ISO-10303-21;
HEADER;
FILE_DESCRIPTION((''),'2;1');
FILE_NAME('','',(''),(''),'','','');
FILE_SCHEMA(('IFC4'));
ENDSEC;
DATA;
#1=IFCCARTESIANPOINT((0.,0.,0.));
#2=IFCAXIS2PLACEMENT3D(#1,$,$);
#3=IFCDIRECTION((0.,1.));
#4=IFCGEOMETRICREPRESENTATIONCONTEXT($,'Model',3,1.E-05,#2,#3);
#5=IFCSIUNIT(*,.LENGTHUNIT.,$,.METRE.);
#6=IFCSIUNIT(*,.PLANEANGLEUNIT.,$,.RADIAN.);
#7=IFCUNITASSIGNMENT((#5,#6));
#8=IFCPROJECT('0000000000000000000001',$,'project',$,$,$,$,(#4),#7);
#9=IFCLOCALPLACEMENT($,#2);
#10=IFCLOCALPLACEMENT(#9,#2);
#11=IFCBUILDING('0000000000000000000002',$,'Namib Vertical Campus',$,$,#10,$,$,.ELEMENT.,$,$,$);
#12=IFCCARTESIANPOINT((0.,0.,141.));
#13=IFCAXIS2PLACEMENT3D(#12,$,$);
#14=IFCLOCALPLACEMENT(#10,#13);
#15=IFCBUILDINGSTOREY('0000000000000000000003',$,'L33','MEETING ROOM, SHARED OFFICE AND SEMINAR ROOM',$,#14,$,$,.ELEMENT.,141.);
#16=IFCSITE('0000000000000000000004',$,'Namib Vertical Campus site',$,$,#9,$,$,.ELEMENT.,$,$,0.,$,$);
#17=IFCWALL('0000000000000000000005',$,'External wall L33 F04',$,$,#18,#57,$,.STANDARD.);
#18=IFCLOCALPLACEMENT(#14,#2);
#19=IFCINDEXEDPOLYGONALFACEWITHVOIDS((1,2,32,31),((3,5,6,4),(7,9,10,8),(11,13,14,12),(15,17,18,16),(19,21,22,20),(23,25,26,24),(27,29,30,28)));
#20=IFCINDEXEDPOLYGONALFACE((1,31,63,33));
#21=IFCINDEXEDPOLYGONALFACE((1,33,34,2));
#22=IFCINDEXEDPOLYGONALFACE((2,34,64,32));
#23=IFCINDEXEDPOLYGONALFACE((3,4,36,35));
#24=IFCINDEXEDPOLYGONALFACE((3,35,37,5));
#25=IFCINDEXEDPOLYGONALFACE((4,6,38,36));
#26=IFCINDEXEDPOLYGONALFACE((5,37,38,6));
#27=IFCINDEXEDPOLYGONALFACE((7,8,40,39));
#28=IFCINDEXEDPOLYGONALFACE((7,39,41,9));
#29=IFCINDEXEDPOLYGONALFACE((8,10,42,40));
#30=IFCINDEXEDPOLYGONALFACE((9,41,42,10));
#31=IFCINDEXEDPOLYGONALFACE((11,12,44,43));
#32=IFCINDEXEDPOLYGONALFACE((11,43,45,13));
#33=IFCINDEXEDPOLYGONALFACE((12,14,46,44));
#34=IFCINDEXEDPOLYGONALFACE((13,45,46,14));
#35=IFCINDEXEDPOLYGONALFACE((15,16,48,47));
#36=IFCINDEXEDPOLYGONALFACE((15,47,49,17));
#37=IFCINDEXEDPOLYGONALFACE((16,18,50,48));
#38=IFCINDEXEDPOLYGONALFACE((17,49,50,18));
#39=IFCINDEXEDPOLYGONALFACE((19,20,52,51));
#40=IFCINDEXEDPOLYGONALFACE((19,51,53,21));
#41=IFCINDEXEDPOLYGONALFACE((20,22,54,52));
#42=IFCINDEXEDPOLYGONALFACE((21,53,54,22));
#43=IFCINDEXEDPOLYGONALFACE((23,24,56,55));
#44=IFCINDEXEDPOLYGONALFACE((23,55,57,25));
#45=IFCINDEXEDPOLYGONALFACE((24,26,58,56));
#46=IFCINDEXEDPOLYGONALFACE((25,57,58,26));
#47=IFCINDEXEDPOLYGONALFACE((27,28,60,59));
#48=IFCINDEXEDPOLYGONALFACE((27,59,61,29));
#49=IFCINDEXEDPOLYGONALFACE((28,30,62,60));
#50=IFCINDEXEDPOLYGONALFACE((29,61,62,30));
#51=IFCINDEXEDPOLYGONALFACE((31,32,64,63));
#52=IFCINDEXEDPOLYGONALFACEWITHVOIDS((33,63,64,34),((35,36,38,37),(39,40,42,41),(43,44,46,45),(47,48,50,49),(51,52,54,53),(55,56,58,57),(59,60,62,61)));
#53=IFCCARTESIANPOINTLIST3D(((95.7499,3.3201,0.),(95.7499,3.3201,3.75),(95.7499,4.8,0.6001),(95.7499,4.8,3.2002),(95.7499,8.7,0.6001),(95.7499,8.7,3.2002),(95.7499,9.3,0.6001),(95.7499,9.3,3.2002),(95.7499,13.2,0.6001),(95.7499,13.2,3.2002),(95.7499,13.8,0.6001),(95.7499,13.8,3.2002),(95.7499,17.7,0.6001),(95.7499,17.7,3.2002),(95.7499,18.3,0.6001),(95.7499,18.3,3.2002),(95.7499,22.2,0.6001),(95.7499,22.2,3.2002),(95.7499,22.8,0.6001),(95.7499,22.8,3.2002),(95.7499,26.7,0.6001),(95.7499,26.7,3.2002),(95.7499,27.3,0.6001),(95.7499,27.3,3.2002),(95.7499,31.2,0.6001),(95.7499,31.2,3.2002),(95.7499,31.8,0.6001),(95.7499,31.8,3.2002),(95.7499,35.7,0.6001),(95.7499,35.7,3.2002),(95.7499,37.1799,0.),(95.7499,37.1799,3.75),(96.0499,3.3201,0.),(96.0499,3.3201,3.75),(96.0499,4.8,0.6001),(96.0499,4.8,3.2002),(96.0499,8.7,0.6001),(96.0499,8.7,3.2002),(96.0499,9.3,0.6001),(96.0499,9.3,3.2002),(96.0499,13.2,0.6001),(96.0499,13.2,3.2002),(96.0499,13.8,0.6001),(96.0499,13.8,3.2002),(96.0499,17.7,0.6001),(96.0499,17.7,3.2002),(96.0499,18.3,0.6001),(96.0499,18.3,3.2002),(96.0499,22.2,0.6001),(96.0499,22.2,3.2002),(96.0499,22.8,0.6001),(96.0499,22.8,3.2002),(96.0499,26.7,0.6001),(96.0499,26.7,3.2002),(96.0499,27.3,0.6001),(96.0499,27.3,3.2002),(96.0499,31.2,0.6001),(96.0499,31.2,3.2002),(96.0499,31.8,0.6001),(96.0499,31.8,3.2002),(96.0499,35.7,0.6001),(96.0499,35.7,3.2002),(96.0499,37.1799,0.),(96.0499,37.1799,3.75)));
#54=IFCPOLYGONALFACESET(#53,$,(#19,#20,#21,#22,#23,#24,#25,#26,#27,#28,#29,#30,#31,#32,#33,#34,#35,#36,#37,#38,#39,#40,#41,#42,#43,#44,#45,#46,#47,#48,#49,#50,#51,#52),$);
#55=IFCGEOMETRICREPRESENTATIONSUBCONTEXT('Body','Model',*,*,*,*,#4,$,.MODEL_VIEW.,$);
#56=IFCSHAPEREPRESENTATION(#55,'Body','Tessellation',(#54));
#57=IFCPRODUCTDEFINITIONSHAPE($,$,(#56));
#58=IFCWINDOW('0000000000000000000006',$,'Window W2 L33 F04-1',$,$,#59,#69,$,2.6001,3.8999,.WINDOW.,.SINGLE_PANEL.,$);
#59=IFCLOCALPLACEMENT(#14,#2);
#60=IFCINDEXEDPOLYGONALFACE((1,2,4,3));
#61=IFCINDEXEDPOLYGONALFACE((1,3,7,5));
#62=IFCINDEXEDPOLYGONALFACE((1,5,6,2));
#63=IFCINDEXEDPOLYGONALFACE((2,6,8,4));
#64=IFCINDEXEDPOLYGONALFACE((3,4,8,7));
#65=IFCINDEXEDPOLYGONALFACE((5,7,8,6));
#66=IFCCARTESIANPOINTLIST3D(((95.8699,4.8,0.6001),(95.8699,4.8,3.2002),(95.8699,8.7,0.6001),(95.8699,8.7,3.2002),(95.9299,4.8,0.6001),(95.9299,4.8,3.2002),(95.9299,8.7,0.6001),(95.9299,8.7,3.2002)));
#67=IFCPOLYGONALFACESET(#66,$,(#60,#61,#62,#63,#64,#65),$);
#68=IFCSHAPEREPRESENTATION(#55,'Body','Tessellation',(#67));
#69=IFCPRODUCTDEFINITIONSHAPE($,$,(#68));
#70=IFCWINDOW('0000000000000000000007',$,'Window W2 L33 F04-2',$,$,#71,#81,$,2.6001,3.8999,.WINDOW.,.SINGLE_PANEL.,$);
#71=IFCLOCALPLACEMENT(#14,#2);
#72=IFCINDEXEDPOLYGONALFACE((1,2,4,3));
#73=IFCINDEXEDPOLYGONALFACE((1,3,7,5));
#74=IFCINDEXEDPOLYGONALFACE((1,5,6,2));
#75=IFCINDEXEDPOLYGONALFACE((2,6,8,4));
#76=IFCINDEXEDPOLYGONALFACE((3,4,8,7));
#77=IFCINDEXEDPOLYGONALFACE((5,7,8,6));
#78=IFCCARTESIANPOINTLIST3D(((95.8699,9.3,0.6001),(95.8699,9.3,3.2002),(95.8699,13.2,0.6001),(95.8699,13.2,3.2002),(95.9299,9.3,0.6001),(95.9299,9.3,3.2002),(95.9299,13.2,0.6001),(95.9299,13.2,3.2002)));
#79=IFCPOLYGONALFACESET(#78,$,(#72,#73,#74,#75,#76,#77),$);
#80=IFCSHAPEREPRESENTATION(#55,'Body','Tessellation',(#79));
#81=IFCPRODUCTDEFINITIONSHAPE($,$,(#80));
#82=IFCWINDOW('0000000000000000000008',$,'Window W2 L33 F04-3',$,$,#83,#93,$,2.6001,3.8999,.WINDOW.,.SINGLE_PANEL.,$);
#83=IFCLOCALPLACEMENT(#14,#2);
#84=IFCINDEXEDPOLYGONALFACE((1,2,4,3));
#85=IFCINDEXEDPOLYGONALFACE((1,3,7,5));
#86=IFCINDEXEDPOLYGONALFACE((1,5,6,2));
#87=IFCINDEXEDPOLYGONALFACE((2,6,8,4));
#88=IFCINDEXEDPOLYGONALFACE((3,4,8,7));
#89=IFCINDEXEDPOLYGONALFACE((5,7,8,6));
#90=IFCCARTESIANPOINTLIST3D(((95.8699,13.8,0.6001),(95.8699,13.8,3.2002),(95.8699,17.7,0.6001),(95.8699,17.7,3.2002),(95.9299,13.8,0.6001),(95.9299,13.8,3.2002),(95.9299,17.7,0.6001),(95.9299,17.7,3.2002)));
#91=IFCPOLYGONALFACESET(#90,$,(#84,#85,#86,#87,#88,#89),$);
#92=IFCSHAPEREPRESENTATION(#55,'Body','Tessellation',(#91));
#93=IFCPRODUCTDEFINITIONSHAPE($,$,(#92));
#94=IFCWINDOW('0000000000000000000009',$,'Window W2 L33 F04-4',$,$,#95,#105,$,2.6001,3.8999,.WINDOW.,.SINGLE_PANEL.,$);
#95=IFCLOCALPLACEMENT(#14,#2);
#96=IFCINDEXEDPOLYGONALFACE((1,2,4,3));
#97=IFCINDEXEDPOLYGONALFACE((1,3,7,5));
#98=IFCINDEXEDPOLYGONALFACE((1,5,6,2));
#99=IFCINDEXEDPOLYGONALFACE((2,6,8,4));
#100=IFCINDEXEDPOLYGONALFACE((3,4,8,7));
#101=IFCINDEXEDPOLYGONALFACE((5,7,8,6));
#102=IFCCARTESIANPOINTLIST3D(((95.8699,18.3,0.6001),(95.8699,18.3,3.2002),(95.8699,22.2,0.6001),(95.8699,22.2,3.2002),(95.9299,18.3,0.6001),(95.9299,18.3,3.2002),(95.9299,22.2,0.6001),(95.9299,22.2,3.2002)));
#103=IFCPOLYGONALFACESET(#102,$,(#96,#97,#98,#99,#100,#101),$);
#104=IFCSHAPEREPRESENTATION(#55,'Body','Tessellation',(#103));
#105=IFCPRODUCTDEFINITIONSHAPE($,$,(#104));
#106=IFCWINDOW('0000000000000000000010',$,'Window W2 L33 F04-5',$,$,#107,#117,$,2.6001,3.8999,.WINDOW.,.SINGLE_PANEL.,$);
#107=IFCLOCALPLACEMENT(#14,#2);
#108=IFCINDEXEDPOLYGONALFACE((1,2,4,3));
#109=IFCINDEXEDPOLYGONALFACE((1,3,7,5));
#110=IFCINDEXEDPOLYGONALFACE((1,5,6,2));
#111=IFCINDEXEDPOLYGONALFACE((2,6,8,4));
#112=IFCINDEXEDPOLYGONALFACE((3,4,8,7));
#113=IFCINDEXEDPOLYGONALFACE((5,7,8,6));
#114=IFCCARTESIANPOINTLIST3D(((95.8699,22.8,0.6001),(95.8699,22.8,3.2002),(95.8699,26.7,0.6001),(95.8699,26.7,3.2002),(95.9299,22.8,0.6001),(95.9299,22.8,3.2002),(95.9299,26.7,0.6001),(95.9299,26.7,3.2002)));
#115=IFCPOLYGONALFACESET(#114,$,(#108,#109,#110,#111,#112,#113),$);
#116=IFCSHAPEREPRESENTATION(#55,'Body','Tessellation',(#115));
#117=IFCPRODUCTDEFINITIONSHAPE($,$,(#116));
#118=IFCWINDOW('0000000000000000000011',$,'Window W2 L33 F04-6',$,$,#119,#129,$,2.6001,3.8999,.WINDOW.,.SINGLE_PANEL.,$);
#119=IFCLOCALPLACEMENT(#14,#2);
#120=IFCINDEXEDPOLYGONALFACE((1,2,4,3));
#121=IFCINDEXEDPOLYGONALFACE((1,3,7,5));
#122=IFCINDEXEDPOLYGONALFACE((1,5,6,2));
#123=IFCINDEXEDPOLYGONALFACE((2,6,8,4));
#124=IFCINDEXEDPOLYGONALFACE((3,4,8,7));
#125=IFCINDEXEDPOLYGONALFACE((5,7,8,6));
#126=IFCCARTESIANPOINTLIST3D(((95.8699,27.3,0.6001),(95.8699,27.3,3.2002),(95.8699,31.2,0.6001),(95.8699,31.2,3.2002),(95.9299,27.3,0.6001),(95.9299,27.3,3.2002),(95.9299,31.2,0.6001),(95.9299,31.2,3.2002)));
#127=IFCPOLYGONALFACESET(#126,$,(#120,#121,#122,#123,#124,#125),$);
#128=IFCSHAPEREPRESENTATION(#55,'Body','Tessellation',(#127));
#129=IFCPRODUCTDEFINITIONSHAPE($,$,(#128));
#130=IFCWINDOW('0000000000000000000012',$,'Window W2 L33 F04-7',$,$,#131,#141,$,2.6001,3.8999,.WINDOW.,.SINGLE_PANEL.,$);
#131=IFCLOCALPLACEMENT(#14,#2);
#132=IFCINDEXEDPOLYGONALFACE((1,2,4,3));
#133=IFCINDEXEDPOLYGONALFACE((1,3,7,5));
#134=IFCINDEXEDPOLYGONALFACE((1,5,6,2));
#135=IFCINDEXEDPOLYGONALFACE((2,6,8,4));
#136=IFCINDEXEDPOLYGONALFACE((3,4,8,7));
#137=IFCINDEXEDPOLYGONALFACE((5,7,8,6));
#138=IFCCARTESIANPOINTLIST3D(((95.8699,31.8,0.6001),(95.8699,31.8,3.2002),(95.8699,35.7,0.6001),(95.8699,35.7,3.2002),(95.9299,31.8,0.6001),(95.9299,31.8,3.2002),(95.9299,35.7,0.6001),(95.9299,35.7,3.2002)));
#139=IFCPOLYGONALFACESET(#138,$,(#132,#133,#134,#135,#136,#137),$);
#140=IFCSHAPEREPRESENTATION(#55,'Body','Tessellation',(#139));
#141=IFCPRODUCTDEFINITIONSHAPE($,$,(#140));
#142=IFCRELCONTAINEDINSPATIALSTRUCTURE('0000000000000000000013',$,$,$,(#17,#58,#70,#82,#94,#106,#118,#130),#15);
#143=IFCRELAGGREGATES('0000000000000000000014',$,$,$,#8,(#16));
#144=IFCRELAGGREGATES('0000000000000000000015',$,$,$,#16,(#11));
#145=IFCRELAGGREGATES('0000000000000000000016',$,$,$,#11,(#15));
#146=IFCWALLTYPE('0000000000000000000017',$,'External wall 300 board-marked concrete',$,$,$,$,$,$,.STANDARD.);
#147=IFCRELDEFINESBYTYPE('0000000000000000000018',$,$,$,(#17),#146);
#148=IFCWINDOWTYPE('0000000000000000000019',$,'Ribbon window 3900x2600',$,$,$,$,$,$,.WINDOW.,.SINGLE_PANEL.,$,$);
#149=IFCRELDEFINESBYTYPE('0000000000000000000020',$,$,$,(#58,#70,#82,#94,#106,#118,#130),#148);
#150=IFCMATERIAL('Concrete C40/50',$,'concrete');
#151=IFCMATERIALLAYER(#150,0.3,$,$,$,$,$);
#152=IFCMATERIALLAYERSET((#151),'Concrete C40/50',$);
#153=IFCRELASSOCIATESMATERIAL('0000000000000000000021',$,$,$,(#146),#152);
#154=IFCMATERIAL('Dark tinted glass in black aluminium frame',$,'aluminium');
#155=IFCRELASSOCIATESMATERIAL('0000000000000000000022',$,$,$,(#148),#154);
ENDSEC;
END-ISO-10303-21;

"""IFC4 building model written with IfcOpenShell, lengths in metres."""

from ifc_helpers import new_model, si_unit, direction, frame, frame_2d, origin, place, context, subcontext, project, spatial, rectangle, extrude, material, layer, layer_set, type_object, element, fill, save


model = new_model("IFC4")

# Units and contexts
model_context = context("Model", 3, precision=1e-05, world=origin(), true_north=direction((0.0, 1.0)))
body_context = subcontext(model_context, "Body", "Model", "MODEL_VIEW")
ifc_project = project(units=[si_unit("LENGTHUNIT", "METRE"), si_unit("PLANEANGLEUNIT", "RADIAN")], contexts=[model_context])

# Site, building, storey
site_placement = place(None, origin())
site = spatial("IfcSite", under=ifc_project, at=site_placement, Name="Namib Vertical Campus site", CompositionType="ELEMENT", RefElevation=0.0)
building_placement = place(site_placement, origin())
building = spatial("IfcBuilding", under=site, at=building_placement, Name="Namib Vertical Campus", CompositionType="ELEMENT")
storey_placement = place(building_placement, frame((0.0, 0.0, 141.0)))
storey = spatial("IfcBuildingStorey", under=building, at=storey_placement, Name="L33", Description="MEETING ROOM, SHARED OFFICE AND SEMINAR ROOM", CompositionType="ELEMENT", Elevation=141.0)

# Wall, openings, windows
ifc_material_1 = material(Name="Concrete C40/50", Category="concrete")
ifc_layer_1 = layer(ifc_material_1, 0.3)
ifc_layer_set_1 = layer_set([ifc_layer_1], Name="Concrete C40/50")
wall_type_1 = type_object("IfcWallType", Name="External wall 300 board-marked concrete", PredefinedType="STANDARD", material=ifc_layer_set_1)
wall_1_placement = place(storey_placement, frame((95.8999, 3.3201, 0.0), z_axis=(0.0, 0.0, 1.0), x_axis=(0.0, 1.0, 0.0)))
wall_1 = element("IfcWall", 1, at=wall_1_placement, inside=storey, type_object=wall_type_1, Name="External wall L33 F04", PredefinedType="STANDARD", context=body_context, shape_type="SweptSolid", body=[
    extrude(rectangle(XDim=33.8599, YDim=0.3, at=frame_2d((16.9299, 0.0))), origin(), (0.0, 0.0, 1.0), 3.75),
])
opening_1_placement = place(wall_1_placement, frame((1.48, 0.0, 0.6001)))
opening_1 = element("IfcOpeningElement", 2, at=opening_1_placement, cuts=wall_1, PredefinedType="OPENING", context=body_context, shape_type="SweptSolid", body=[
    extrude(rectangle(XDim=3.8999, YDim=2.6001, at=frame_2d((1.95, 1.3))), frame((0.0, 0.1599, 0.0), z_axis=(0.0, -1.0, 0.0), x_axis=(1.0, 0.0, 0.0)), (0.0, 0.0, 1.0), 0.3201),
])
opening_2_placement = place(wall_1_placement, frame((5.98, 0.0, 0.6001)))
opening_2 = element("IfcOpeningElement", 3, at=opening_2_placement, cuts=wall_1, PredefinedType="OPENING", context=body_context, shape_type="SweptSolid", body=[
    extrude(rectangle(XDim=3.8999, YDim=2.6001, at=frame_2d((1.95, 1.3))), frame((0.0, 0.1599, 0.0), z_axis=(0.0, -1.0, 0.0), x_axis=(1.0, 0.0, 0.0)), (0.0, 0.0, 1.0), 0.3201),
])
opening_3_placement = place(wall_1_placement, frame((10.48, 0.0, 0.6001)))
opening_3 = element("IfcOpeningElement", 4, at=opening_3_placement, cuts=wall_1, PredefinedType="OPENING", context=body_context, shape_type="SweptSolid", body=[
    extrude(rectangle(XDim=3.8999, YDim=2.6001, at=frame_2d((1.95, 1.3))), frame((0.0, 0.1599, 0.0), z_axis=(0.0, -1.0, 0.0), x_axis=(1.0, 0.0, 0.0)), (0.0, 0.0, 1.0), 0.3201),
])
opening_4_placement = place(wall_1_placement, frame((14.98, 0.0, 0.6001)))
opening_4 = element("IfcOpeningElement", 5, at=opening_4_placement, cuts=wall_1, PredefinedType="OPENING", context=body_context, shape_type="SweptSolid", body=[
    extrude(rectangle(XDim=3.8999, YDim=2.6001, at=frame_2d((1.95, 1.3))), frame((0.0, 0.1599, 0.0), z_axis=(0.0, -1.0, 0.0), x_axis=(1.0, 0.0, 0.0)), (0.0, 0.0, 1.0), 0.3201),
])
opening_5_placement = place(wall_1_placement, frame((19.48, 0.0, 0.6001)))
opening_5 = element("IfcOpeningElement", 6, at=opening_5_placement, cuts=wall_1, PredefinedType="OPENING", context=body_context, shape_type="SweptSolid", body=[
    extrude(rectangle(XDim=3.8999, YDim=2.6001, at=frame_2d((1.95, 1.3))), frame((0.0, 0.1599, 0.0), z_axis=(0.0, -1.0, 0.0), x_axis=(1.0, 0.0, 0.0)), (0.0, 0.0, 1.0), 0.3201),
])
opening_6_placement = place(wall_1_placement, frame((23.98, 0.0, 0.6001)))
opening_6 = element("IfcOpeningElement", 7, at=opening_6_placement, cuts=wall_1, PredefinedType="OPENING", context=body_context, shape_type="SweptSolid", body=[
    extrude(rectangle(XDim=3.8999, YDim=2.6001, at=frame_2d((1.95, 1.3))), frame((0.0, 0.1599, 0.0), z_axis=(0.0, -1.0, 0.0), x_axis=(1.0, 0.0, 0.0)), (0.0, 0.0, 1.0), 0.3201),
])
opening_7_placement = place(wall_1_placement, frame((28.48, 0.0, 0.6001)))
opening_7 = element("IfcOpeningElement", 8, at=opening_7_placement, cuts=wall_1, PredefinedType="OPENING", context=body_context, shape_type="SweptSolid", body=[
    extrude(rectangle(XDim=3.8999, YDim=2.6001, at=frame_2d((1.95, 1.3))), frame((0.0, 0.1599, 0.0), z_axis=(0.0, -1.0, 0.0), x_axis=(1.0, 0.0, 0.0)), (0.0, 0.0, 1.0), 0.3201),
])
ifc_material_2 = material(Name="Dark tinted glass in black aluminium frame", Category="aluminium")
window_type = type_object("IfcWindowType", Name="Ribbon window 3900x2600", PartitioningType="SINGLE_PANEL", PredefinedType="WINDOW", material=ifc_material_2)
window_1_placement = place(opening_1_placement, origin())
window_1 = element("IfcWindow", 9, at=window_1_placement, inside=storey, type_object=window_type, Name="Window W2 L33 F04-1", OverallHeight=2.6001, OverallWidth=3.8999, PartitioningType="SINGLE_PANEL", PredefinedType="WINDOW", context=body_context, shape_type="SweptSolid", body=[
    extrude(rectangle(XDim=3.8999, YDim=2.6001, at=frame_2d((1.95, 1.3))), frame((0.0, 0.03, 0.0), z_axis=(0.0, -1.0, 0.0), x_axis=(1.0, 0.0, 0.0)), (0.0, 0.0, 1.0), 0.0601),
])
fill(opening_1, window_1)
window_2_placement = place(opening_2_placement, origin())
window_2 = element("IfcWindow", 10, at=window_2_placement, inside=storey, type_object=window_type, Name="Window W2 L33 F04-2", OverallHeight=2.6001, OverallWidth=3.8999, PartitioningType="SINGLE_PANEL", PredefinedType="WINDOW", context=body_context, shape_type="SweptSolid", body=[
    extrude(rectangle(XDim=3.8999, YDim=2.6001, at=frame_2d((1.95, 1.3))), frame((0.0, 0.03, 0.0), z_axis=(0.0, -1.0, 0.0), x_axis=(1.0, 0.0, 0.0)), (0.0, 0.0, 1.0), 0.0601),
])
fill(opening_2, window_2)
window_3_placement = place(opening_3_placement, origin())
window_3 = element("IfcWindow", 11, at=window_3_placement, inside=storey, type_object=window_type, Name="Window W2 L33 F04-3", OverallHeight=2.6001, OverallWidth=3.8999, PartitioningType="SINGLE_PANEL", PredefinedType="WINDOW", context=body_context, shape_type="SweptSolid", body=[
    extrude(rectangle(XDim=3.8999, YDim=2.6001, at=frame_2d((1.95, 1.3))), frame((0.0, 0.03, 0.0), z_axis=(0.0, -1.0, 0.0), x_axis=(1.0, 0.0, 0.0)), (0.0, 0.0, 1.0), 0.0601),
])
fill(opening_3, window_3)
window_4_placement = place(opening_4_placement, origin())
window_4 = element("IfcWindow", 12, at=window_4_placement, inside=storey, type_object=window_type, Name="Window W2 L33 F04-4", OverallHeight=2.6001, OverallWidth=3.8999, PartitioningType="SINGLE_PANEL", PredefinedType="WINDOW", context=body_context, shape_type="SweptSolid", body=[
    extrude(rectangle(XDim=3.8999, YDim=2.6001, at=frame_2d((1.95, 1.3))), frame((0.0, 0.03, 0.0), z_axis=(0.0, -1.0, 0.0), x_axis=(1.0, 0.0, 0.0)), (0.0, 0.0, 1.0), 0.0601),
])
fill(opening_4, window_4)
window_5_placement = place(opening_5_placement, origin())
window_5 = element("IfcWindow", 13, at=window_5_placement, inside=storey, type_object=window_type, Name="Window W2 L33 F04-5", OverallHeight=2.6001, OverallWidth=3.8999, PartitioningType="SINGLE_PANEL", PredefinedType="WINDOW", context=body_context, shape_type="SweptSolid", body=[
    extrude(rectangle(XDim=3.8999, YDim=2.6001, at=frame_2d((1.95, 1.3))), frame((0.0, 0.03, 0.0), z_axis=(0.0, -1.0, 0.0), x_axis=(1.0, 0.0, 0.0)), (0.0, 0.0, 1.0), 0.0601),
])
fill(opening_5, window_5)
window_6_placement = place(opening_6_placement, origin())
window_6 = element("IfcWindow", 14, at=window_6_placement, inside=storey, type_object=window_type, Name="Window W2 L33 F04-6", OverallHeight=2.6001, OverallWidth=3.8999, PartitioningType="SINGLE_PANEL", PredefinedType="WINDOW", context=body_context, shape_type="SweptSolid", body=[
    extrude(rectangle(XDim=3.8999, YDim=2.6001, at=frame_2d((1.95, 1.3))), frame((0.0, 0.03, 0.0), z_axis=(0.0, -1.0, 0.0), x_axis=(1.0, 0.0, 0.0)), (0.0, 0.0, 1.0), 0.0601),
])
fill(opening_6, window_6)
window_7_placement = place(opening_7_placement, origin())
window_7 = element("IfcWindow", 15, at=window_7_placement, inside=storey, type_object=window_type, Name="Window W2 L33 F04-7", OverallHeight=2.6001, OverallWidth=3.8999, PartitioningType="SINGLE_PANEL", PredefinedType="WINDOW", context=body_context, shape_type="SweptSolid", body=[
    extrude(rectangle(XDim=3.8999, YDim=2.6001, at=frame_2d((1.95, 1.3))), frame((0.0, 0.03, 0.0), z_axis=(0.0, -1.0, 0.0), x_axis=(1.0, 0.0, 0.0)), (0.0, 0.0, 1.0), 0.0601),
])
fill(opening_7, window_7)

save(model, "model.ifc")
